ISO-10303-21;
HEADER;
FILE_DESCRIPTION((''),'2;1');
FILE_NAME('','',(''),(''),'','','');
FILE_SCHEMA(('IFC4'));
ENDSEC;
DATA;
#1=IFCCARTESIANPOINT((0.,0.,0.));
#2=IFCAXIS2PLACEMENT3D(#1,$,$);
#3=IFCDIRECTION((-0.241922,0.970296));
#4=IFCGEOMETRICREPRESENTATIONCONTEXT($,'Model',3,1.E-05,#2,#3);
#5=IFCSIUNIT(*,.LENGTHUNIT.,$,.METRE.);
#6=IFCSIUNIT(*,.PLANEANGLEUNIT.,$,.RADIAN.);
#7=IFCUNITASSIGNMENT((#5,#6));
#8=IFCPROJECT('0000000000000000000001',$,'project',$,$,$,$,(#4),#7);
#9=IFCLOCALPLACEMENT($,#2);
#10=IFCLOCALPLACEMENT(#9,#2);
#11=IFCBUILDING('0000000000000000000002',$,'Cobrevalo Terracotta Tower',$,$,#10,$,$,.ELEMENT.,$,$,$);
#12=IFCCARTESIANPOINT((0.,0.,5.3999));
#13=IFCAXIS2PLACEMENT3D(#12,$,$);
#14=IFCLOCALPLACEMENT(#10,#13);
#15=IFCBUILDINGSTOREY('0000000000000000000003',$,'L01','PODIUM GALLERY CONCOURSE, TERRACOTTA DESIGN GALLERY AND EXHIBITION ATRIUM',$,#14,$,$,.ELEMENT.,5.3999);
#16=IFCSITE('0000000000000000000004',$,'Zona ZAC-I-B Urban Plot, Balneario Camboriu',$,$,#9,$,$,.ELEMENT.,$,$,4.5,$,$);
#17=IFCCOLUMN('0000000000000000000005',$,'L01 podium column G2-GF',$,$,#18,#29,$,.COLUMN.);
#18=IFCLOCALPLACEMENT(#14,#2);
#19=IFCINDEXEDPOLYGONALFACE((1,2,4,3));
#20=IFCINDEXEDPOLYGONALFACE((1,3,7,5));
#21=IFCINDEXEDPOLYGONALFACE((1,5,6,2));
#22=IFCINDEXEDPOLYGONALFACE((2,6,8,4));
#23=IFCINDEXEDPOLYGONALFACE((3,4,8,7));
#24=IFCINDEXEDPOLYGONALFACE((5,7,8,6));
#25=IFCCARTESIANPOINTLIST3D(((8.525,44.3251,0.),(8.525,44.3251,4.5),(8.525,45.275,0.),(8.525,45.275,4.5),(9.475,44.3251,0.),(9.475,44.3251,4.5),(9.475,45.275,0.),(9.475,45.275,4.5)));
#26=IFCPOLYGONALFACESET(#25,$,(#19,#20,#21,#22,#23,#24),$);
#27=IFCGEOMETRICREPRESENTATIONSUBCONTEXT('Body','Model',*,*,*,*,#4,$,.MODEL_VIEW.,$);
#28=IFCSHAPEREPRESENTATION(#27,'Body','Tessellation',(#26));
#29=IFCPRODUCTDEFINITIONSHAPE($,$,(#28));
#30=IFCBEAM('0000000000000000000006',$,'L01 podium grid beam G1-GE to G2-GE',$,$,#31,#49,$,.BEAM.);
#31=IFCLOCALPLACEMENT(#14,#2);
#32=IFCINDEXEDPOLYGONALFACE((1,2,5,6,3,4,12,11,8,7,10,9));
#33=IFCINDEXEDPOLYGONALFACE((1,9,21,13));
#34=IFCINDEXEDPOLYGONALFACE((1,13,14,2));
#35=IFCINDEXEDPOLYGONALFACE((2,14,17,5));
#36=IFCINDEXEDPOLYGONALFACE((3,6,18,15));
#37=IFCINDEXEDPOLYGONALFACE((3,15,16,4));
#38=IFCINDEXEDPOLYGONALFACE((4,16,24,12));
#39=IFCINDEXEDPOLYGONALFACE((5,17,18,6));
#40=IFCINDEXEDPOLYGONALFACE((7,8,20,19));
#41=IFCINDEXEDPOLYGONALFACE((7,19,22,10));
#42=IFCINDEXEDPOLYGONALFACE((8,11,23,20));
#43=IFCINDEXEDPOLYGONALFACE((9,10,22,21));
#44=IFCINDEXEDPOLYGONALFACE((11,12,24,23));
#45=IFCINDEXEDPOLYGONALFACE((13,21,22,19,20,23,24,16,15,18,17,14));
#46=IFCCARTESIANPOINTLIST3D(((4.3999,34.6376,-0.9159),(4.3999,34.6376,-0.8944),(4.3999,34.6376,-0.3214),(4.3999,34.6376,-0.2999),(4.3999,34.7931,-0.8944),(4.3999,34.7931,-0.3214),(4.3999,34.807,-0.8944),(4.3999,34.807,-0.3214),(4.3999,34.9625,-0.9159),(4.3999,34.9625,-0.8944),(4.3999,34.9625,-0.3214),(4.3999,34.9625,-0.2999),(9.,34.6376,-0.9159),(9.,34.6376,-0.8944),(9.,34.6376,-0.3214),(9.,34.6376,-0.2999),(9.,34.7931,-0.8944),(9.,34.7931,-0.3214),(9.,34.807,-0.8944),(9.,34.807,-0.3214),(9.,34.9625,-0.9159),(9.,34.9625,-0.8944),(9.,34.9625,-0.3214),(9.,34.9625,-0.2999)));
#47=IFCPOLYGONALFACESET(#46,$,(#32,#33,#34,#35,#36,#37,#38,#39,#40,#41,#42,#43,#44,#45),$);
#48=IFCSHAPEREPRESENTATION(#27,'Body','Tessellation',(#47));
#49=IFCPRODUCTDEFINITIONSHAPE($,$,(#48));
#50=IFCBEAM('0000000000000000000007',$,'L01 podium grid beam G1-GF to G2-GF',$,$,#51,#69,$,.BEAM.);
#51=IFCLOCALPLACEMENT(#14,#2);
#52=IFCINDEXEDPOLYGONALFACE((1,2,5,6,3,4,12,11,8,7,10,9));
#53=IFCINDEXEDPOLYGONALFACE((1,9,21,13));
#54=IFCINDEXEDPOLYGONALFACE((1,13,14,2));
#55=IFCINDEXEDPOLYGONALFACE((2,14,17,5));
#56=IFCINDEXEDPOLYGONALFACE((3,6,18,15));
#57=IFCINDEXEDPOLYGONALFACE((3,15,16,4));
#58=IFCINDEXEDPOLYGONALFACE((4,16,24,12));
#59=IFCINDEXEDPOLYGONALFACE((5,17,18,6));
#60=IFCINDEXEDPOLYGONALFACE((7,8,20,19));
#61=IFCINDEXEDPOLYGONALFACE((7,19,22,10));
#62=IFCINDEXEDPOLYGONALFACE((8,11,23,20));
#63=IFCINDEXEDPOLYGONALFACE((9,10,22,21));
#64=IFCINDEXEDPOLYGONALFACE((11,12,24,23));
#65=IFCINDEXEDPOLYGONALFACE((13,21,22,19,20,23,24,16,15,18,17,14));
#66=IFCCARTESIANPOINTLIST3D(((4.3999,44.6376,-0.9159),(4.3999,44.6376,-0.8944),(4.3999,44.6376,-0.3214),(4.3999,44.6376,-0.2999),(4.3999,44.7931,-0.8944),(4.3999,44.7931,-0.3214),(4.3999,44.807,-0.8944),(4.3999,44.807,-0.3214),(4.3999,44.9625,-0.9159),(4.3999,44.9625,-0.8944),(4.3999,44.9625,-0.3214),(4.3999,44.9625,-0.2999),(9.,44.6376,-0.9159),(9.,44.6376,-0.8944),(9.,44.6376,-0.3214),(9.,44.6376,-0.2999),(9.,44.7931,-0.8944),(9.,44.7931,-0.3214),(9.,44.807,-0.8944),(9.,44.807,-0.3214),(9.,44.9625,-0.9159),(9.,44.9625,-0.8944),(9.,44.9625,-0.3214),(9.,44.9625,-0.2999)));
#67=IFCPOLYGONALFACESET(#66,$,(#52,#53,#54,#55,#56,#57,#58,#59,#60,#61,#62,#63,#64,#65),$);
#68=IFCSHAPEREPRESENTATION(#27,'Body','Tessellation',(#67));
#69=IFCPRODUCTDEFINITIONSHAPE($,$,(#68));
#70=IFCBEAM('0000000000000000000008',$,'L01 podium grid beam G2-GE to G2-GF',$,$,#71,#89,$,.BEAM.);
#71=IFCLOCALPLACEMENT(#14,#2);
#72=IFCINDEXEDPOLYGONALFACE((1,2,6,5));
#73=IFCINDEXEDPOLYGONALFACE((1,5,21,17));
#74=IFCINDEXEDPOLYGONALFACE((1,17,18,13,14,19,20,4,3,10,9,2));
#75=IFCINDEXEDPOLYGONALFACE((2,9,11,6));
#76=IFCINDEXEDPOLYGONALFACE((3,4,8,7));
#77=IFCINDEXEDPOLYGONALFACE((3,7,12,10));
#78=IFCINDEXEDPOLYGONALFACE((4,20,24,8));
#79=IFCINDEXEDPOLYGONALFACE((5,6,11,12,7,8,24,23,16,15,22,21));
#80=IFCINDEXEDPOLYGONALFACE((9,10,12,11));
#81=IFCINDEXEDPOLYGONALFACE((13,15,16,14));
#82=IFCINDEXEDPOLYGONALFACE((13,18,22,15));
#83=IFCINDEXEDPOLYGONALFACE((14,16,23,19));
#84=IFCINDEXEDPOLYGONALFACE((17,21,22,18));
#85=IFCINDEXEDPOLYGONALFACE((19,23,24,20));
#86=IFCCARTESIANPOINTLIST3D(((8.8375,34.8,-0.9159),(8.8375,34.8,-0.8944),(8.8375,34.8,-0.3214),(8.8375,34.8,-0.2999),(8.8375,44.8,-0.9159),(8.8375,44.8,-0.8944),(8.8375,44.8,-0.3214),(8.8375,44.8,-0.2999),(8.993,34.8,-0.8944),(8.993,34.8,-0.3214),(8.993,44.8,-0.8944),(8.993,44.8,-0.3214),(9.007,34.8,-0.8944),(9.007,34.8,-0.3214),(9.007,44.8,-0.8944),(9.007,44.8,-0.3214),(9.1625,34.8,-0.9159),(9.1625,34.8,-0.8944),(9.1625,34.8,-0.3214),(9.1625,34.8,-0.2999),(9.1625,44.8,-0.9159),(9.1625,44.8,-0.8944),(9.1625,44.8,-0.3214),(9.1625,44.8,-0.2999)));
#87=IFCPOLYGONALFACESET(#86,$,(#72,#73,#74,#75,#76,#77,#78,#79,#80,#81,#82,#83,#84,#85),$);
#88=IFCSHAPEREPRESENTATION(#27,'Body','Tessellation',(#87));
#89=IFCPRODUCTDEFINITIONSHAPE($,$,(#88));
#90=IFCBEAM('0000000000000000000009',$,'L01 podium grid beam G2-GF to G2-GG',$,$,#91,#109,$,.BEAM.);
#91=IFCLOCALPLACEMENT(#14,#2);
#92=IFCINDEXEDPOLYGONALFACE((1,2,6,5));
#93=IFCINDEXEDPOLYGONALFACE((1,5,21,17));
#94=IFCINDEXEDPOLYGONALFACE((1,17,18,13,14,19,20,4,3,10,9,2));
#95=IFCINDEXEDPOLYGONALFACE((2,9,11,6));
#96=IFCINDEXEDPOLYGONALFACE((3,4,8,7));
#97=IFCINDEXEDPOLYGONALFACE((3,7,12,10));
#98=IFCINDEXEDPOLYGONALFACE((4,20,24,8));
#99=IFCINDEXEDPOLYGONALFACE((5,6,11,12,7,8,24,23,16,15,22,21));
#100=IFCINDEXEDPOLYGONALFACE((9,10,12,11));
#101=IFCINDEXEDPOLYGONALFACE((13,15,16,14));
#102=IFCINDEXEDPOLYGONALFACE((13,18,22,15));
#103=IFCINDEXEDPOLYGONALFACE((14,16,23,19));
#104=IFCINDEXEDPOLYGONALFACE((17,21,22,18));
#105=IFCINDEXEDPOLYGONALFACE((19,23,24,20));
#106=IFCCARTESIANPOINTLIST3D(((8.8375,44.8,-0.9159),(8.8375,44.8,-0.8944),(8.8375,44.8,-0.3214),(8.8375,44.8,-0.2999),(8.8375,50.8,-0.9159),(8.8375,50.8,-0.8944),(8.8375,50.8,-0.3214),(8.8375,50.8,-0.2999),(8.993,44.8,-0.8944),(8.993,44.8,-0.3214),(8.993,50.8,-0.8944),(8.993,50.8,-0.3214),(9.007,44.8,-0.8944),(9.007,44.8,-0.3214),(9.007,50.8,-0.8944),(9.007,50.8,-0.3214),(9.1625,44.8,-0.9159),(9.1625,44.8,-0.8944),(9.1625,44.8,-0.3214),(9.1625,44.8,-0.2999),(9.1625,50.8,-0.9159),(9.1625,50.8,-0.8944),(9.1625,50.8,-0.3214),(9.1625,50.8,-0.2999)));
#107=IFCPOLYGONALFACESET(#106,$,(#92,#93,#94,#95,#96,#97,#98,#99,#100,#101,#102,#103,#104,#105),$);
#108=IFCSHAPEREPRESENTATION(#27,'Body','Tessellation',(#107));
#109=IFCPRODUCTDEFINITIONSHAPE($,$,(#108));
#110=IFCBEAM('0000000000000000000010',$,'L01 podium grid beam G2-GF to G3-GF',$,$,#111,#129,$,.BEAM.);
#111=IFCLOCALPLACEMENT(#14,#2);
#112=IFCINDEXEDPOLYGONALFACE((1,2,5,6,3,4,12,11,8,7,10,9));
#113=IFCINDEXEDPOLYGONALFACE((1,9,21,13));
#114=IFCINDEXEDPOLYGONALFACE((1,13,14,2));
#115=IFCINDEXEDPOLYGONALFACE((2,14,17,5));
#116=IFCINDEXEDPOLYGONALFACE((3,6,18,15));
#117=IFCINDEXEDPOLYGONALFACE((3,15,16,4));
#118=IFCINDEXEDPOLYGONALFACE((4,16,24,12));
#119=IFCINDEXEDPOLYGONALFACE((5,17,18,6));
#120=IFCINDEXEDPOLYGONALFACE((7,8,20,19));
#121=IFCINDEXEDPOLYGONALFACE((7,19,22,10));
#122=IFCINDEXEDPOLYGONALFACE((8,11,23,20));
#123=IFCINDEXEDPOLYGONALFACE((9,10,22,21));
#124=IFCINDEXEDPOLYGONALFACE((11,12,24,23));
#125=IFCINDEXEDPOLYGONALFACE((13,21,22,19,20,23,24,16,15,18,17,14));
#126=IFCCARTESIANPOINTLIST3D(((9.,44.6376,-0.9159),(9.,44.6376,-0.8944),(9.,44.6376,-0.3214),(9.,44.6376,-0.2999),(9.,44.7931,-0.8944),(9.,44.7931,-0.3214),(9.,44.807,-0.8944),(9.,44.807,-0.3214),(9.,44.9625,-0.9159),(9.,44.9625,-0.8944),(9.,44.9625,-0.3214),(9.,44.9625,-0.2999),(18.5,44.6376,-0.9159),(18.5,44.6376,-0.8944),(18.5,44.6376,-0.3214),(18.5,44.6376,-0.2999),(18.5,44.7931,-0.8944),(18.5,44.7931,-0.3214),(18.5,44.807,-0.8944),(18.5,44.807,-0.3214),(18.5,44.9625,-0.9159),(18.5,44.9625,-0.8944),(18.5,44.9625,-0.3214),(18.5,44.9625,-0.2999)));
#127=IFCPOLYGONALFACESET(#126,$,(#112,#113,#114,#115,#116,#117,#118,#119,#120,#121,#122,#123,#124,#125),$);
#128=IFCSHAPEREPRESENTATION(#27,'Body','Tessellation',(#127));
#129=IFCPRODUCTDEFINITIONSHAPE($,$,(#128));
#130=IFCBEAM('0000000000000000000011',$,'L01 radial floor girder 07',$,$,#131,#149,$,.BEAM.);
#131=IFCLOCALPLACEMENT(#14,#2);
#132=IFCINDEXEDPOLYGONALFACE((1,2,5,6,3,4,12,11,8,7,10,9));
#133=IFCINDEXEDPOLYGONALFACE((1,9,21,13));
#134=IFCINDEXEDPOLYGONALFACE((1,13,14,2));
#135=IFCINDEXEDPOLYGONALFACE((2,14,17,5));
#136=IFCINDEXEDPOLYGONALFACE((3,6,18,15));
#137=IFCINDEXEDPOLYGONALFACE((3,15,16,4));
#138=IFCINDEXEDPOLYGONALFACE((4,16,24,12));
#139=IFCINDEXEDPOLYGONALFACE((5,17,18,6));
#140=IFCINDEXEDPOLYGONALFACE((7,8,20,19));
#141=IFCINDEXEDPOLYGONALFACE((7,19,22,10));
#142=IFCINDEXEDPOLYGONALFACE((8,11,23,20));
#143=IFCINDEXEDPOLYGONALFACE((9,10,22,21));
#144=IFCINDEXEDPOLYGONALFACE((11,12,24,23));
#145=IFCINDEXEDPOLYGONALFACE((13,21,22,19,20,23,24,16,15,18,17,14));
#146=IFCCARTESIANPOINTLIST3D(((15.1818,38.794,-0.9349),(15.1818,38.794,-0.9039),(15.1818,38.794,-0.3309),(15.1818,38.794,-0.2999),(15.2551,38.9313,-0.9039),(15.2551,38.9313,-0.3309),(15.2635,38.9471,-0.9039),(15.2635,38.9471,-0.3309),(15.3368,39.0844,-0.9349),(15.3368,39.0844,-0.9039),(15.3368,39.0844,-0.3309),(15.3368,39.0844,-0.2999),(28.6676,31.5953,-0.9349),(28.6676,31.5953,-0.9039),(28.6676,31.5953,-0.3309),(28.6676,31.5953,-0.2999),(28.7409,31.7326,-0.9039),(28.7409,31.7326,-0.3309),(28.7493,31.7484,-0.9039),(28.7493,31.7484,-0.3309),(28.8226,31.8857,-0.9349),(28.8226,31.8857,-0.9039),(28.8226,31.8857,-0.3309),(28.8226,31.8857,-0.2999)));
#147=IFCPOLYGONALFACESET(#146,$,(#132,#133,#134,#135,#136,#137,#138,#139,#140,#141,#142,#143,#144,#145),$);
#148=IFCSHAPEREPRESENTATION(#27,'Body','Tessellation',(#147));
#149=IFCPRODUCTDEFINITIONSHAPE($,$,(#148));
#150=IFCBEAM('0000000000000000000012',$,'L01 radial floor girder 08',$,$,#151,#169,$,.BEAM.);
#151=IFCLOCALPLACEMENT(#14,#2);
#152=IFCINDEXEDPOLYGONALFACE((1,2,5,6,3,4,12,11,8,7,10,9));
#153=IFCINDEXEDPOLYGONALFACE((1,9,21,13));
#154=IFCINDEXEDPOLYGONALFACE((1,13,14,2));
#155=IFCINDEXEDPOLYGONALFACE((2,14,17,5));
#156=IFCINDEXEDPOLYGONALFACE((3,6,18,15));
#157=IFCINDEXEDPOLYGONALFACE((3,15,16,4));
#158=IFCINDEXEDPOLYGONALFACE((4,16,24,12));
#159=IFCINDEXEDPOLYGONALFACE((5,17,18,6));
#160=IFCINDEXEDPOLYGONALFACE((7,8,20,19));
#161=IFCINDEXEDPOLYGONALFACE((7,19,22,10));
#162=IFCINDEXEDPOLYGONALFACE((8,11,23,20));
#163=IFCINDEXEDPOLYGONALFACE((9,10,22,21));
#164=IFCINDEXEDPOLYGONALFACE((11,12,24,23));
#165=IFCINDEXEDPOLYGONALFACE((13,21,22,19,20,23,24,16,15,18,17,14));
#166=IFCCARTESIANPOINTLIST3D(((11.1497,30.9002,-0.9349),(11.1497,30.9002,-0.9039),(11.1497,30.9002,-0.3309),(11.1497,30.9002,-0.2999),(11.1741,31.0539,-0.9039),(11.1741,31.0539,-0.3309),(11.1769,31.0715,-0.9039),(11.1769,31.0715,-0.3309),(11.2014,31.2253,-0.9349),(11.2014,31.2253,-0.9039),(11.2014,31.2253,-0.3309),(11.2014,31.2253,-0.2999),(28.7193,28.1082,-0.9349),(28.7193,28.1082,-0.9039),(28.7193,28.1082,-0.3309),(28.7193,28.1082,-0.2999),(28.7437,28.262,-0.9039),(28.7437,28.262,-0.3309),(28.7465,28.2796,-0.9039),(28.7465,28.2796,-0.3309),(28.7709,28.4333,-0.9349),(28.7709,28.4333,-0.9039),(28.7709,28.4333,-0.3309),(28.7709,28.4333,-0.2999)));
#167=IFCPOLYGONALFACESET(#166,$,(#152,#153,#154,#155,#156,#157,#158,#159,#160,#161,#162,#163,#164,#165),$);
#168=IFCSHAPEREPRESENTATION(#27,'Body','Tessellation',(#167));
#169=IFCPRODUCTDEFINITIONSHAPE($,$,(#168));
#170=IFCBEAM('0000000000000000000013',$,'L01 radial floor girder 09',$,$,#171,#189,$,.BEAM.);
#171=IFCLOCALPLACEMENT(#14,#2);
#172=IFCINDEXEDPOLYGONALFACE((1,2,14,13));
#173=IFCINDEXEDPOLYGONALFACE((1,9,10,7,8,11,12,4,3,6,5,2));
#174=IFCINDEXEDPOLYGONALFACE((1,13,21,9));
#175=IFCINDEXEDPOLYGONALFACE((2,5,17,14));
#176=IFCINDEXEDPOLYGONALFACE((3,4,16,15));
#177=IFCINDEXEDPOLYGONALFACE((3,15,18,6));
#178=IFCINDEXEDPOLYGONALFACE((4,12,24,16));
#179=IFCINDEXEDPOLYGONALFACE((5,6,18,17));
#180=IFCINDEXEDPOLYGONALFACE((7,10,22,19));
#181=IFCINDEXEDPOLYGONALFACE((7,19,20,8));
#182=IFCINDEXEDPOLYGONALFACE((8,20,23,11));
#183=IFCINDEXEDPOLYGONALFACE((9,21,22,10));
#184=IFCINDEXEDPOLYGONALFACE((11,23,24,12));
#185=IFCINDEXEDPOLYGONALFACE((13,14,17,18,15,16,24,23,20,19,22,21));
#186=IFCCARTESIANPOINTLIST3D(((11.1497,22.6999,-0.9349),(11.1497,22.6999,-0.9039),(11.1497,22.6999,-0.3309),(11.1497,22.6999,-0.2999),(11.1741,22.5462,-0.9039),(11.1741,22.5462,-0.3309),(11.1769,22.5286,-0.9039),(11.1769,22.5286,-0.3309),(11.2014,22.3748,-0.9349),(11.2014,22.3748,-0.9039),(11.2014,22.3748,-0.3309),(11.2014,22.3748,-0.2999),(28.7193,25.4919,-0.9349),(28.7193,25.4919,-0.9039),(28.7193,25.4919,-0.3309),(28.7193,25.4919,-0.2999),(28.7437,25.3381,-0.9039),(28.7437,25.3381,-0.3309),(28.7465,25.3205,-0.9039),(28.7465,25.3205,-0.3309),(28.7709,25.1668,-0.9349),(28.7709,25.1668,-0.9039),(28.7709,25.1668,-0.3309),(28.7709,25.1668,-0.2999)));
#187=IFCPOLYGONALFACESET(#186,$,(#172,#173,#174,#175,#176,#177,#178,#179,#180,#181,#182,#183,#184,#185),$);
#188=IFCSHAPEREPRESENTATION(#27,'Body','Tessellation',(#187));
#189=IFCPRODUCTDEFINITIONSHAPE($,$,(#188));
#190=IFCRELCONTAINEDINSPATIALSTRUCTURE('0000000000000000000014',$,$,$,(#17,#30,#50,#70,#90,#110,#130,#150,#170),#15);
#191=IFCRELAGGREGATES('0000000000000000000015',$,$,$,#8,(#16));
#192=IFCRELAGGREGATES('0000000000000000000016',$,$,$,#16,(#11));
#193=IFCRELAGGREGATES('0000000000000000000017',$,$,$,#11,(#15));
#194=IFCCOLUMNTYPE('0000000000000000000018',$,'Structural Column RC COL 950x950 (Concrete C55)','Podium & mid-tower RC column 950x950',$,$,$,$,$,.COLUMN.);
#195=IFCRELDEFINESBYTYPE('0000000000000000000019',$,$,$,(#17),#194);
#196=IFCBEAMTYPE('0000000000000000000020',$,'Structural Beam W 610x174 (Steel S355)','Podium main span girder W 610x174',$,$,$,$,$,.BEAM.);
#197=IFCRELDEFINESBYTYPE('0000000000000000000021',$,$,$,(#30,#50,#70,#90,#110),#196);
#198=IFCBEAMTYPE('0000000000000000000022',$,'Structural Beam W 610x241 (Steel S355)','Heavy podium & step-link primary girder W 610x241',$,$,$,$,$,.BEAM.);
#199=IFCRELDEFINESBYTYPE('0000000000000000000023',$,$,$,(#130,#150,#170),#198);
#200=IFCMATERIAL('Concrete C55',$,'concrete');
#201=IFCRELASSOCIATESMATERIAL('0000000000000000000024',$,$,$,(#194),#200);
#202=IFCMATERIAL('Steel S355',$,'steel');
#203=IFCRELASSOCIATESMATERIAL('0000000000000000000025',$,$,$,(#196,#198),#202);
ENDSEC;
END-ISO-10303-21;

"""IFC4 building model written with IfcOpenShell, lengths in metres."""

from ifc_helpers import new_model, si_unit, direction, frame, origin, origin_2d, place, context, subcontext, project, spatial, rectangle, i_section, extrude, material, material_profile, profile_set, type_object, element, save


model = new_model("IFC4")

# Units and contexts
model_context = context("Model", 3, precision=1e-05, world=origin(), true_north=direction((-0.241922, 0.970296)))
body_context = subcontext(model_context, "Body", "Model", "MODEL_VIEW")
ifc_project = project(units=[si_unit("LENGTHUNIT", "METRE"), si_unit("PLANEANGLEUNIT", "RADIAN")], contexts=[model_context])

# Site, building, storey
site_placement = place(None, origin())
site = spatial("IfcSite", under=ifc_project, at=site_placement, Name="Zona ZAC-I-B Urban Plot, Balneario Camboriu", CompositionType="ELEMENT", RefElevation=4.5)
building_placement = place(site_placement, origin())
building = spatial("IfcBuilding", under=site, at=building_placement, Name="Cobrevalo Terracotta Tower", CompositionType="ELEMENT")
storey_placement = place(building_placement, frame((0.0, 0.0, 5.3999)))
storey = spatial("IfcBuildingStorey", under=building, at=storey_placement, Name="L01", Description="PODIUM GALLERY CONCOURSE, TERRACOTTA DESIGN GALLERY AND EXHIBITION ATRIUM", CompositionType="ELEMENT", Elevation=5.3999)

# Column
ifc_material_1 = material(Name="Steel S355", Category="steel")
ifc_material_2 = material(Name="Concrete C55", Category="concrete")
ifc_material_profile_1 = material_profile(ifc_material_2, rectangle(XDim=0.95, YDim=0.95, at=origin_2d()), Name="RC COL 950x950")
ifc_profile_set_1 = profile_set([ifc_material_profile_1], Name="Concrete C55")
column_type_1 = type_object("IfcColumnType", Name="Structural Column RC COL 950x950 (Concrete C55)", Description="Podium & mid-tower RC column 950x950", PredefinedType="COLUMN", material=ifc_profile_set_1)
for number, where, z_axis, x_axis, name in (
    (1, (9.0, 44.8, 0.0), (0.0, 0.0, 1.0), (1.0, 0.0, 0.0), "L01 podium column G2-GF"),
):
    element("IfcColumn", number, at=place(storey_placement, frame(where, z_axis=z_axis, x_axis=x_axis)), inside=storey, type_object=column_type_1, Name=name, PredefinedType="COLUMN", context=body_context, shape_type="SweptSolid", body=[
        extrude(rectangle(XDim=0.95, YDim=0.95, at=origin_2d()), origin(), (0.0, 0.0, 1.0), 4.5),
    ])

# Beams
ifc_material_profile_2 = material_profile(ifc_material_1, i_section(OverallWidth=0.325, OverallDepth=0.616, WebThickness=0.0139, FlangeThickness=0.0215, at=origin_2d()), Name="W 610x174")
ifc_profile_set_2 = profile_set([ifc_material_profile_2], Name="Steel S355")
beam_type_1 = type_object("IfcBeamType", Name="Structural Beam W 610x174 (Steel S355)", Description="Podium main span girder W 610x174", PredefinedType="BEAM", material=ifc_profile_set_2)
for number, where, z_axis, x_axis, name in (
    (2, (4.3999, 34.8, -0.6079), (1.0, 0.0, 0.0), (0.0, 1.0, 0.0), "L01 podium grid beam G1-GE to G2-GE"),
    (3, (4.3999, 44.8, -0.6079), (1.0, 0.0, 0.0), (0.0, 1.0, 0.0), "L01 podium grid beam G1-GF to G2-GF"),
):
    element("IfcBeam", number, at=place(storey_placement, frame(where, z_axis=z_axis, x_axis=x_axis)), inside=storey, type_object=beam_type_1, Name=name, PredefinedType="BEAM", context=body_context, shape_type="SweptSolid", body=[
        extrude(i_section(OverallWidth=0.325, OverallDepth=0.616, WebThickness=0.0139, FlangeThickness=0.0215, at=origin_2d()), origin(), (0.0, 0.0, 1.0), 4.6001),
    ])
beam_1_placement = place(storey_placement, frame((9.0, 34.8, -0.6079), z_axis=(0.0, 1.0, 0.0), x_axis=(-1.0, 0.0, 0.0)))
element("IfcBeam", 4, at=beam_1_placement, inside=storey, type_object=beam_type_1, Name="L01 podium grid beam G2-GE to G2-GF", PredefinedType="BEAM", context=body_context, shape_type="SweptSolid", body=[
    extrude(i_section(OverallWidth=0.325, OverallDepth=0.616, WebThickness=0.0139, FlangeThickness=0.0215, at=origin_2d()), origin(), (0.0, 0.0, 1.0), 10.0),
])
beam_2_placement = place(storey_placement, frame((9.0, 44.8, -0.6079), z_axis=(0.0, 1.0, 0.0), x_axis=(-1.0, 0.0, 0.0)))
element("IfcBeam", 5, at=beam_2_placement, inside=storey, type_object=beam_type_1, Name="L01 podium grid beam G2-GF to G2-GG", PredefinedType="BEAM", context=body_context, shape_type="SweptSolid", body=[
    extrude(i_section(OverallWidth=0.325, OverallDepth=0.616, WebThickness=0.0139, FlangeThickness=0.0215, at=origin_2d()), origin(), (0.0, 0.0, 1.0), 6.0),
])
beam_3_placement = place(storey_placement, frame((9.0, 44.8, -0.6079), z_axis=(1.0, 0.0, 0.0), x_axis=(0.0, 1.0, 0.0)))
element("IfcBeam", 6, at=beam_3_placement, inside=storey, type_object=beam_type_1, Name="L01 podium grid beam G2-GF to G3-GF", PredefinedType="BEAM", context=body_context, shape_type="SweptSolid", body=[
    extrude(i_section(OverallWidth=0.325, OverallDepth=0.616, WebThickness=0.0139, FlangeThickness=0.0215, at=origin_2d()), origin(), (0.0, 0.0, 1.0), 9.5),
])
ifc_material_profile_3 = material_profile(ifc_material_1, i_section(OverallWidth=0.3291, OverallDepth=0.635, WebThickness=0.0178, FlangeThickness=0.031, at=origin_2d()), Name="W 610x241")
ifc_profile_set_3 = profile_set([ifc_material_profile_3], Name="Steel S355")
beam_type_2 = type_object("IfcBeamType", Name="Structural Beam W 610x241 (Steel S355)", Description="Heavy podium & step-link primary girder W 610x241", PredefinedType="BEAM", material=ifc_profile_set_3)
beam_4_placement = place(storey_placement, frame((15.2593, 38.9392, -0.6174), z_axis=(0.882182, -0.470908, 0.0), x_axis=(0.470908, 0.882182, 0.0)))
element("IfcBeam", 7, at=beam_4_placement, inside=storey, type_object=beam_type_2, Name="L01 radial floor girder 07", PredefinedType="BEAM", context=body_context, shape_type="SweptSolid", body=[
    extrude(i_section(OverallWidth=0.3291, OverallDepth=0.635, WebThickness=0.0178, FlangeThickness=0.031, at=origin_2d()), origin(), (0.0, 0.0, 1.0), 15.2869),
])
for number, where, z_axis, x_axis, name in (
    (8, (11.1755, 31.0627, -0.6174), (0.987608, -0.156941, 0.0), (0.156941, 0.987608, 0.0), "L01 radial floor girder 08"),
    (9, (11.1755, 22.5374, -0.6174), (0.987608, 0.156941, 0.0), (-0.156941, 0.987608, 0.0), "L01 radial floor girder 09"),
):
    element("IfcBeam", number, at=place(storey_placement, frame(where, z_axis=z_axis, x_axis=x_axis)), inside=storey, type_object=beam_type_2, Name=name, PredefinedType="BEAM", context=body_context, shape_type="SweptSolid", body=[
        extrude(i_section(OverallWidth=0.3291, OverallDepth=0.635, WebThickness=0.0178, FlangeThickness=0.031, at=origin_2d()), origin(), (0.0, 0.0, 1.0), 17.79),
    ])

save(model, "model.ifc")
